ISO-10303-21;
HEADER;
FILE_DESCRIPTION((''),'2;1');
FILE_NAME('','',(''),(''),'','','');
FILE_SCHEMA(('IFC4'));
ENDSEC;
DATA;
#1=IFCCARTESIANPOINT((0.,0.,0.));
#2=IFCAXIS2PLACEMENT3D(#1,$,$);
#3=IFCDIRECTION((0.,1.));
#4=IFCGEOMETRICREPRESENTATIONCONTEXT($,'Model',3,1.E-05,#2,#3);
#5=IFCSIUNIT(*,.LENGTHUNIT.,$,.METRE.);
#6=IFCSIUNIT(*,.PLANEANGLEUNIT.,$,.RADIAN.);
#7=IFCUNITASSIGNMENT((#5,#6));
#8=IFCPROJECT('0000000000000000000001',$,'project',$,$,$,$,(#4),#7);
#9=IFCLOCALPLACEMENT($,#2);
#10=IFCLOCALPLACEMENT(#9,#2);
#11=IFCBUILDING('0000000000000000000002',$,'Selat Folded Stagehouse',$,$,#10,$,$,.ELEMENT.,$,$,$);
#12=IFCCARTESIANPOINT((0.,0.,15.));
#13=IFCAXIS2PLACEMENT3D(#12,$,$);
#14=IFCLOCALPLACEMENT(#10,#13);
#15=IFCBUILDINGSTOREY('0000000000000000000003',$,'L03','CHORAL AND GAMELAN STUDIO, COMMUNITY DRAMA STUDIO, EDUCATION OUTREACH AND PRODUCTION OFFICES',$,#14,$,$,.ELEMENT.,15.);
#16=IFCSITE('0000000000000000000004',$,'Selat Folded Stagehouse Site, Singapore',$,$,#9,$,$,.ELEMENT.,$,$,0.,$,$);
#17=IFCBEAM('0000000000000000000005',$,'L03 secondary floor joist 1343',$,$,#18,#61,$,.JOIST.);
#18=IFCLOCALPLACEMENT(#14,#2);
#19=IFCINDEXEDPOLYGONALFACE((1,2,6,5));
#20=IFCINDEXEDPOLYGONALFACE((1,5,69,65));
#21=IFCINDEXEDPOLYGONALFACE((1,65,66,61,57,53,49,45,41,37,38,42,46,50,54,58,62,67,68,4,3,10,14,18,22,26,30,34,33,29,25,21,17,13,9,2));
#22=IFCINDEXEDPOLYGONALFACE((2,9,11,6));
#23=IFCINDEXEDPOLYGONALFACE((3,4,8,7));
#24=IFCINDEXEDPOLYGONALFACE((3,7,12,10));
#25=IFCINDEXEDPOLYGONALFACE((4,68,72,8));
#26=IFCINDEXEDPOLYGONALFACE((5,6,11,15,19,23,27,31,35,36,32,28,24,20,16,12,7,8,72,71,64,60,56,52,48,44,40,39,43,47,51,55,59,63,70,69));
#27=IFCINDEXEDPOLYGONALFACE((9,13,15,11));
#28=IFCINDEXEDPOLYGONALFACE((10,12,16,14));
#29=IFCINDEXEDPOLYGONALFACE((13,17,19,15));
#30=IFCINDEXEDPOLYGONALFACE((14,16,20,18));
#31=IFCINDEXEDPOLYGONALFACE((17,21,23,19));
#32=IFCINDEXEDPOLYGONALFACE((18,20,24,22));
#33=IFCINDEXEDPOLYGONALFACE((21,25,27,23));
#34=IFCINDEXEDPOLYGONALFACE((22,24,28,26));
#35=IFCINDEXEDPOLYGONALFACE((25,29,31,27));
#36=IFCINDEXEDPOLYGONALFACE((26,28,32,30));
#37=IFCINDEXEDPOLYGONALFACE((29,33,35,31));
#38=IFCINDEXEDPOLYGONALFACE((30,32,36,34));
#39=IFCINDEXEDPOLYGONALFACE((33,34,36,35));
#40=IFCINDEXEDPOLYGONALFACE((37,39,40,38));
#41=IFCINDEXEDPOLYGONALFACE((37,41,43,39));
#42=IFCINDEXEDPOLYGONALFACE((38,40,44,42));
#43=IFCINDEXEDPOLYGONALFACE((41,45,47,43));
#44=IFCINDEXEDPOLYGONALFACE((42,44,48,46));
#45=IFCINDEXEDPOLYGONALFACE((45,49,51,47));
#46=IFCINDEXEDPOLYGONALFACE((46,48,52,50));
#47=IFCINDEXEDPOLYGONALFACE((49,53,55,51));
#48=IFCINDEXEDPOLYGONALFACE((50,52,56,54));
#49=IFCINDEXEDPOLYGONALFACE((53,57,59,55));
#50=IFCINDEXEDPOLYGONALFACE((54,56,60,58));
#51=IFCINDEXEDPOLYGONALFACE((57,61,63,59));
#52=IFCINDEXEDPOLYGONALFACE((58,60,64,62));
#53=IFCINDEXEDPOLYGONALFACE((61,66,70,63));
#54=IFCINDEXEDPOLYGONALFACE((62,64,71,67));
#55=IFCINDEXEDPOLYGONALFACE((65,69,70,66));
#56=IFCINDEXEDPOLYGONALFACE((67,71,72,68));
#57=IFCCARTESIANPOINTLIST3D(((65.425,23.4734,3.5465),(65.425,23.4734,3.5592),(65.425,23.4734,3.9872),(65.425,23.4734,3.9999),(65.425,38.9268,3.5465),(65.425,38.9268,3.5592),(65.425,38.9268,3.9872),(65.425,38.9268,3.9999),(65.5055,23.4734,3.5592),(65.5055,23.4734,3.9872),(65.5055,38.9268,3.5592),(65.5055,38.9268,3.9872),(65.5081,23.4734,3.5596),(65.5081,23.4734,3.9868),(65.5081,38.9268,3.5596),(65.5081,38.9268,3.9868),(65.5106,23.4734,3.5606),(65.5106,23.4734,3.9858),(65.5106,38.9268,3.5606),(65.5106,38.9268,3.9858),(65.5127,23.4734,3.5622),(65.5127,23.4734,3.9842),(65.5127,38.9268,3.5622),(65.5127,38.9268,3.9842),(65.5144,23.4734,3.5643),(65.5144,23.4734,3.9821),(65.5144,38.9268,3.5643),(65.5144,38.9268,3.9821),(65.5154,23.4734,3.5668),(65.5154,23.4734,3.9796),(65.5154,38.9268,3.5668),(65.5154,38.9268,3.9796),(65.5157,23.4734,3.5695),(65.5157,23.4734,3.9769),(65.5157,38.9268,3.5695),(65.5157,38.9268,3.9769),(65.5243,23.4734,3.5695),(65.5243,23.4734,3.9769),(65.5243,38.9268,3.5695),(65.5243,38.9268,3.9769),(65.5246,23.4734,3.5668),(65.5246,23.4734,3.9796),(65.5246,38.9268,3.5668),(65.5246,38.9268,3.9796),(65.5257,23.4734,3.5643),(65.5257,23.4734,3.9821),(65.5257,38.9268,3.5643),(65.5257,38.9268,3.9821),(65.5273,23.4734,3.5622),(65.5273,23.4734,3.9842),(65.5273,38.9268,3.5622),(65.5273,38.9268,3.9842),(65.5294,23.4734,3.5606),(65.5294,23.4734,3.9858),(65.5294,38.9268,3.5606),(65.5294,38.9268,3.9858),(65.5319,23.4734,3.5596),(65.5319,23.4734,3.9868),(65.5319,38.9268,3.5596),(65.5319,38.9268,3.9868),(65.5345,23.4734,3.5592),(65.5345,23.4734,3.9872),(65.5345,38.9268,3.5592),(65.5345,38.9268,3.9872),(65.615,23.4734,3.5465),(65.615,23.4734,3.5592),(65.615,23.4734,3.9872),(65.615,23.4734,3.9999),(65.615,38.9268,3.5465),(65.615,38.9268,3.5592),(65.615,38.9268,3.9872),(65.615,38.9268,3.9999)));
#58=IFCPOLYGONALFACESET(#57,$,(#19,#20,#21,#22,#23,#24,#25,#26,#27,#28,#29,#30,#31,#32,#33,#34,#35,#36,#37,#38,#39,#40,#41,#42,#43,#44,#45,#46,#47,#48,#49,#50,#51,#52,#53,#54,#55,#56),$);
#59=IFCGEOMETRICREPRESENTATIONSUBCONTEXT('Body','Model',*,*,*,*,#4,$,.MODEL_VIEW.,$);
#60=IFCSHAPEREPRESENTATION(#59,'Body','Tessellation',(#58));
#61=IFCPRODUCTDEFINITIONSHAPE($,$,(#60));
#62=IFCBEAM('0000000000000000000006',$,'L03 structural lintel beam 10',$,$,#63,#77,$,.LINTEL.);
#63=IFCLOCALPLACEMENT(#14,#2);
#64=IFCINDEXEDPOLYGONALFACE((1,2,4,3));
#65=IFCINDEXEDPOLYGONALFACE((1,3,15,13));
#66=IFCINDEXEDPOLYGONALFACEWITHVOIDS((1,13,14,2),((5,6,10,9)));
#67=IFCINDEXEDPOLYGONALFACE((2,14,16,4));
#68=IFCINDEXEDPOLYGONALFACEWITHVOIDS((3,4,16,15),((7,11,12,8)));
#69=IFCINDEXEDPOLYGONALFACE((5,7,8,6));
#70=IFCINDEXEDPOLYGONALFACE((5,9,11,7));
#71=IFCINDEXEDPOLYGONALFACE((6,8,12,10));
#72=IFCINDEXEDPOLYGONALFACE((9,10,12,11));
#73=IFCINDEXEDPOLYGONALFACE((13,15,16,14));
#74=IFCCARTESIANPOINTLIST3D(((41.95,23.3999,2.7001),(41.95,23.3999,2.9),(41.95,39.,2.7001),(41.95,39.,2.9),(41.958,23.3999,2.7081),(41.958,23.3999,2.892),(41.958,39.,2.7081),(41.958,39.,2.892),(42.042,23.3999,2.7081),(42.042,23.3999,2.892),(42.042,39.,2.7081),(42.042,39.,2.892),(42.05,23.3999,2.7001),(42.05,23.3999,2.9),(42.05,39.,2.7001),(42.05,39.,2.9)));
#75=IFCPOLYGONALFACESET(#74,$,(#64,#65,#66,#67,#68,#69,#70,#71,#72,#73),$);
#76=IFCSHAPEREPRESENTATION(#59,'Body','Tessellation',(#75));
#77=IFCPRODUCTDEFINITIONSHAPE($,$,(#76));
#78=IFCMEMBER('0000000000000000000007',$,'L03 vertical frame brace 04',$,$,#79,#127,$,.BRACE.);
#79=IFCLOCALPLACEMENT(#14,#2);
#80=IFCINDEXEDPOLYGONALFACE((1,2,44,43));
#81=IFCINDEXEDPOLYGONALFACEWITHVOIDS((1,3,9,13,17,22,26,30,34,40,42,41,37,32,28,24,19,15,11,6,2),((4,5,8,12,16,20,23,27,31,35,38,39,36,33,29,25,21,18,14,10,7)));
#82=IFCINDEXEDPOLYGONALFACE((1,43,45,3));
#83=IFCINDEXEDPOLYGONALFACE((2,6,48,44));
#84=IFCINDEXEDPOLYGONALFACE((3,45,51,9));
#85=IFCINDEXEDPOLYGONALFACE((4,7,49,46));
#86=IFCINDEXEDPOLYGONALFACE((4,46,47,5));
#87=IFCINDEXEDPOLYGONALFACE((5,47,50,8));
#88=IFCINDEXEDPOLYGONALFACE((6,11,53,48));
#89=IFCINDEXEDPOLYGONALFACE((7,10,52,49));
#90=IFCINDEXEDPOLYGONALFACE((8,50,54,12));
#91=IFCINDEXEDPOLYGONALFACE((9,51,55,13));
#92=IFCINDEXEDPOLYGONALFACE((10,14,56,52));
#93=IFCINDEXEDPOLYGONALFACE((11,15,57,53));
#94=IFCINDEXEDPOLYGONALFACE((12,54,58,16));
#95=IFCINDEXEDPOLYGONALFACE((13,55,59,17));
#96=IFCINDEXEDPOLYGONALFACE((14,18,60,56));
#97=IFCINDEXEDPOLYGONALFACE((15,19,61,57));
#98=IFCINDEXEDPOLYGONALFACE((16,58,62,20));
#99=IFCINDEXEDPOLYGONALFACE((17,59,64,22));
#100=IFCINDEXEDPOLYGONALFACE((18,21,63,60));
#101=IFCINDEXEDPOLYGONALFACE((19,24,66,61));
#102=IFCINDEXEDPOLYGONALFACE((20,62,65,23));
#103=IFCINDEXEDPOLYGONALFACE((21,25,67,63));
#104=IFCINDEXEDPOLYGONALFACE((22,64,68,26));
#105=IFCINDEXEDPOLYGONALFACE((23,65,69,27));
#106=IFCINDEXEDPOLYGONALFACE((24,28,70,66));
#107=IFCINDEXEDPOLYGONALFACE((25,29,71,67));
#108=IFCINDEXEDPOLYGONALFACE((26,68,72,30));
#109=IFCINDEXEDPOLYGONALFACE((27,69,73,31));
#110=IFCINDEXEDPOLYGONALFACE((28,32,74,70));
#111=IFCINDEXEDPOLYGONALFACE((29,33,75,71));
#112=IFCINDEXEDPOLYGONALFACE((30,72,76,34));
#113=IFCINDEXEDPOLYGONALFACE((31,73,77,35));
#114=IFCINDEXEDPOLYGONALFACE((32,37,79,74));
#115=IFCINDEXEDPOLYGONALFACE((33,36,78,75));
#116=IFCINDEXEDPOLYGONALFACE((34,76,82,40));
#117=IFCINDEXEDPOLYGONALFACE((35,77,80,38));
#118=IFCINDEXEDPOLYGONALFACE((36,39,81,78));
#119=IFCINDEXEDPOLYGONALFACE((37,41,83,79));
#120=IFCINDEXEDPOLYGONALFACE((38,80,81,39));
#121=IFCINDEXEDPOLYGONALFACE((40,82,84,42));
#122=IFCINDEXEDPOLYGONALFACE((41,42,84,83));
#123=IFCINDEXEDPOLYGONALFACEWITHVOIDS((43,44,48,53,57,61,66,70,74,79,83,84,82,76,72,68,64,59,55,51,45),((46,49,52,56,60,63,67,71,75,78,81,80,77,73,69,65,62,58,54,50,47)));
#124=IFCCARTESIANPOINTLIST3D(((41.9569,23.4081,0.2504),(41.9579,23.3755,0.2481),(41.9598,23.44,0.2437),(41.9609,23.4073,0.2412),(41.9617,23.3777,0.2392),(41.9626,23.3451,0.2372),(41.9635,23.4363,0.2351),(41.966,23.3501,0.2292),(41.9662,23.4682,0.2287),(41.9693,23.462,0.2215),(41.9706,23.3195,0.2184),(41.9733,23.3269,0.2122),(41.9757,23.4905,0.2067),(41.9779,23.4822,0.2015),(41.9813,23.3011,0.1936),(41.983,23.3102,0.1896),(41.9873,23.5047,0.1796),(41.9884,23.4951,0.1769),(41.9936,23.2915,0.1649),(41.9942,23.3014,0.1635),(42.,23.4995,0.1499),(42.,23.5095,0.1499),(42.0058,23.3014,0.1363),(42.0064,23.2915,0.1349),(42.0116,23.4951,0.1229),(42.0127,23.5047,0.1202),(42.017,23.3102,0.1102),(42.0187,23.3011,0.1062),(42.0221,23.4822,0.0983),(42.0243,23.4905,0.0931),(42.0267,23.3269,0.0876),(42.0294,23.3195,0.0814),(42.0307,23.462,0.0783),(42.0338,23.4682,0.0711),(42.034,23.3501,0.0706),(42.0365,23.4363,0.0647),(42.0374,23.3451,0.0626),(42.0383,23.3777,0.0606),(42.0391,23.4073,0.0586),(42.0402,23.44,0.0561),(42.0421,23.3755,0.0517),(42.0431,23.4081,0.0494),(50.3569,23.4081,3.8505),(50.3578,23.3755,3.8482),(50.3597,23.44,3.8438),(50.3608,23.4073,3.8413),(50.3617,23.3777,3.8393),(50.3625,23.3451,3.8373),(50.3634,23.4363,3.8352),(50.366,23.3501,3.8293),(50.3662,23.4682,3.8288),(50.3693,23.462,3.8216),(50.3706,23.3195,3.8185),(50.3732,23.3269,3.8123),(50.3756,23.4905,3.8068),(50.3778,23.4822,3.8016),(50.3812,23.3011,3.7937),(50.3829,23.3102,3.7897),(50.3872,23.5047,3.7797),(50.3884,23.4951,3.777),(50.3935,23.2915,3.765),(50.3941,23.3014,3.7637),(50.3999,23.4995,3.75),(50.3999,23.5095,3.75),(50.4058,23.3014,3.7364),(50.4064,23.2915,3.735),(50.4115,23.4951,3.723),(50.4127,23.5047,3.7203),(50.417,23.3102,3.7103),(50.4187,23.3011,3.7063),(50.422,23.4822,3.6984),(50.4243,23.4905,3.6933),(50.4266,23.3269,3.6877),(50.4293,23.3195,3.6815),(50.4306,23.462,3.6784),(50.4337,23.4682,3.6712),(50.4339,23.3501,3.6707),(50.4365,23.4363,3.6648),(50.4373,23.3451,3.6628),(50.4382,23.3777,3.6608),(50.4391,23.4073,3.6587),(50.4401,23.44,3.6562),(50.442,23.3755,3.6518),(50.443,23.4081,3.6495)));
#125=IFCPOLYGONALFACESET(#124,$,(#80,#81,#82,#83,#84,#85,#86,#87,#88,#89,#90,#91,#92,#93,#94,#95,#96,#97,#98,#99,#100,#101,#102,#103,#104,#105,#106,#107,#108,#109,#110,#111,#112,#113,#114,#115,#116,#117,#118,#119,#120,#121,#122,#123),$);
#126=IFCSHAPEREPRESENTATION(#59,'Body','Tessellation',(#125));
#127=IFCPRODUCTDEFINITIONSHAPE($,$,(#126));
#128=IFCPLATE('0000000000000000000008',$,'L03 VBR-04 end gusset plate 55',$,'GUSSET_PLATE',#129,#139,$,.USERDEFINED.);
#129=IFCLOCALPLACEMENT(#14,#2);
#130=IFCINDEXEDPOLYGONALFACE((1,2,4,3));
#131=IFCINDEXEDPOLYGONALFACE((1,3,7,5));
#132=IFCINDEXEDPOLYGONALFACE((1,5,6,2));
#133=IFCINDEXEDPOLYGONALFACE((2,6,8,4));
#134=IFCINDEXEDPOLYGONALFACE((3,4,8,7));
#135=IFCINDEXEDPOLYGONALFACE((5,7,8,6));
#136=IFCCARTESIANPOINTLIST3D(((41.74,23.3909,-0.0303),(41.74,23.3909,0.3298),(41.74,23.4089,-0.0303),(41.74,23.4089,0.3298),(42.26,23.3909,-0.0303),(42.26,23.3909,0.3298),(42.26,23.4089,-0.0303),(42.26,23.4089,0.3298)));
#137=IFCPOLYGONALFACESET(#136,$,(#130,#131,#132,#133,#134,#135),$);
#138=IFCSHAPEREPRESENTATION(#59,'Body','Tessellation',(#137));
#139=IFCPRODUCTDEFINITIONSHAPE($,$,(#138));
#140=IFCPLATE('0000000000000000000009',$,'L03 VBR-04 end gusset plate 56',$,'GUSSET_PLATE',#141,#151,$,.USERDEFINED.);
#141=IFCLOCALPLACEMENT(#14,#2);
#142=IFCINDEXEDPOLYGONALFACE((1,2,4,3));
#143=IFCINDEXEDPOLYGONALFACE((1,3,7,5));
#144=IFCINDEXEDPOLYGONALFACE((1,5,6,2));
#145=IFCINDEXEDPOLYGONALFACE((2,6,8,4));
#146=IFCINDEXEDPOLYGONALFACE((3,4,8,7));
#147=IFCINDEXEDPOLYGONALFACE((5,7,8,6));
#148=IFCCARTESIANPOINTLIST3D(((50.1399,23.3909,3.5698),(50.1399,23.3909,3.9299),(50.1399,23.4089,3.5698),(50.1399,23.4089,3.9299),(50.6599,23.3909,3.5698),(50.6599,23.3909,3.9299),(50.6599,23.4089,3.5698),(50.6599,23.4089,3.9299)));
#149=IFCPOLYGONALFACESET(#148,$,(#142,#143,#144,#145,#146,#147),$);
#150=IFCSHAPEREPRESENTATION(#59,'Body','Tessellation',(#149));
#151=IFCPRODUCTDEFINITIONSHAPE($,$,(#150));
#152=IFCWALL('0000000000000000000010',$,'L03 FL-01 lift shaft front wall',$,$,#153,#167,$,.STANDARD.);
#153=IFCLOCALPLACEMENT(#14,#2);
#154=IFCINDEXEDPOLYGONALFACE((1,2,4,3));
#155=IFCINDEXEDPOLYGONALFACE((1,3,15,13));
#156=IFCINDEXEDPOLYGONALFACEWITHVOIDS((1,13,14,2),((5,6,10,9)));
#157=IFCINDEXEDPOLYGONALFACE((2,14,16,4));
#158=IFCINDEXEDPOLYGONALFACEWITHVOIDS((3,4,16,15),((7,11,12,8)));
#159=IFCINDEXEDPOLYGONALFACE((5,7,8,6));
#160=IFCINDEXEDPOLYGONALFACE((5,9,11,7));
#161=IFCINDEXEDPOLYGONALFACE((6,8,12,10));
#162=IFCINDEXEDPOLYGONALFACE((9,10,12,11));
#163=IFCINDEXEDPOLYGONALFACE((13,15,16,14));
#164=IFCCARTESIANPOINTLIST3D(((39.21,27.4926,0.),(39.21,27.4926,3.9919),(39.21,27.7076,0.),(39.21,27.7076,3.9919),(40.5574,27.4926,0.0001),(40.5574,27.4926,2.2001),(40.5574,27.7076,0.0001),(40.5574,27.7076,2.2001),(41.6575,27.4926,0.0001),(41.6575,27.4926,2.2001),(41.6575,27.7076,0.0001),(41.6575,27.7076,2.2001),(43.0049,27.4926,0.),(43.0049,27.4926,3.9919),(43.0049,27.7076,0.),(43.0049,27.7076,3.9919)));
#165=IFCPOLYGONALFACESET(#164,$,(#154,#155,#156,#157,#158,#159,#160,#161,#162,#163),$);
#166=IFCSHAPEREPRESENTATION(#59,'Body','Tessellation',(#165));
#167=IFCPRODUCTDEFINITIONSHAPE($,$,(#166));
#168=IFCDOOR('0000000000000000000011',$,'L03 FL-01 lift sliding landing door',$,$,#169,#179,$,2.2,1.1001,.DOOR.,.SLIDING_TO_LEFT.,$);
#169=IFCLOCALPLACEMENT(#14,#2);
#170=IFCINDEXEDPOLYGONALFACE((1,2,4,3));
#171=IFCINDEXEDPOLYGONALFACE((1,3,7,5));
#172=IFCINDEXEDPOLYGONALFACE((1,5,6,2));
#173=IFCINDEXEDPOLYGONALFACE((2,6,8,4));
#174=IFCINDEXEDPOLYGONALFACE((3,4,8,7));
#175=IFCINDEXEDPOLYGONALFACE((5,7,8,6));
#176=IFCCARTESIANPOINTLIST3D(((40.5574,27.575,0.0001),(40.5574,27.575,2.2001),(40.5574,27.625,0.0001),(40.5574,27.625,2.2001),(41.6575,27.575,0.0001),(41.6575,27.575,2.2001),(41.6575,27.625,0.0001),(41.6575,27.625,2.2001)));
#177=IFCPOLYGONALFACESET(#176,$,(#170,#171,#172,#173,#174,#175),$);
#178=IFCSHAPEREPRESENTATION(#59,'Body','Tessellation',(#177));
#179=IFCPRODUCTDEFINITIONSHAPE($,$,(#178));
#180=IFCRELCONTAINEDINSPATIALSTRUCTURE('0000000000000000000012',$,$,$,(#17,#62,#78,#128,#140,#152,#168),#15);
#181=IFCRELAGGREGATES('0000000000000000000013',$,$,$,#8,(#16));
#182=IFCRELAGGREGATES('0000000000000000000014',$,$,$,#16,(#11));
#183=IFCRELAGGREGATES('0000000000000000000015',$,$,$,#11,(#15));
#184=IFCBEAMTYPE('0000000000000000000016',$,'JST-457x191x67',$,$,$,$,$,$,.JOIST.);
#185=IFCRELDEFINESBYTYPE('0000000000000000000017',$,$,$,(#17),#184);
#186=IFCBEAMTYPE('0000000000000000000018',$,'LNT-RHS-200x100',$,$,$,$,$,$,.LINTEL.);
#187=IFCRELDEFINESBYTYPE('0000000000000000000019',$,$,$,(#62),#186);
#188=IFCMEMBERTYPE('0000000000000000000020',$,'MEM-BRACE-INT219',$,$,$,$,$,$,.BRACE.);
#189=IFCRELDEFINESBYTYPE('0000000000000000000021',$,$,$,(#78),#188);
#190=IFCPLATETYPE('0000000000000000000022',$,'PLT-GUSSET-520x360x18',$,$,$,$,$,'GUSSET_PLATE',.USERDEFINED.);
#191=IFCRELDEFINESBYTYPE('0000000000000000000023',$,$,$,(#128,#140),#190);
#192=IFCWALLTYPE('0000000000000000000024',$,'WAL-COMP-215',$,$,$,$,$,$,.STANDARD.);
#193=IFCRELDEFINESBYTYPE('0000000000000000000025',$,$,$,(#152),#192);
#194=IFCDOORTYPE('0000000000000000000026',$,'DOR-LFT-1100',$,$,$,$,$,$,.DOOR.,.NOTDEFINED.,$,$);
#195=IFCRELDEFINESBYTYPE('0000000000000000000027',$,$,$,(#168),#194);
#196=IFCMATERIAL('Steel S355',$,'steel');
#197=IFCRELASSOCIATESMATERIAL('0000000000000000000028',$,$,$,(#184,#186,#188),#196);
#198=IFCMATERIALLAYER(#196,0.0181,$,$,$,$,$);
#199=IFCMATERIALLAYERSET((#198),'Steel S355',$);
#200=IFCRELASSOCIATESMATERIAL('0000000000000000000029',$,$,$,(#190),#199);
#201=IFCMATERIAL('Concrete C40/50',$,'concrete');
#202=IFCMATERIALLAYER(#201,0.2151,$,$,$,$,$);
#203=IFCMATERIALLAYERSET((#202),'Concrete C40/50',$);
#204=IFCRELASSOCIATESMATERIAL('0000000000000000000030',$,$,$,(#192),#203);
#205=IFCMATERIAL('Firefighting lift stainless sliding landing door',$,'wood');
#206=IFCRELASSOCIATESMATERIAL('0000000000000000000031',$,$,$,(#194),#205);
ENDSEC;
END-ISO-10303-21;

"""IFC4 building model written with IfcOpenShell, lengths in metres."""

from ifc_helpers import new_model, si_unit, direction, frame, frame_2d, origin, origin_2d, place, context, subcontext, project, spatial, rectangle, hollow_rectangle, hollow_circle, i_section, extrude, material, layer, layer_set, material_profile, profile_set, type_object, element, fill, save


model = new_model("IFC4")

# Units and contexts
model_context = context("Model", 3, precision=1e-05, world=origin(), true_north=direction((0.0, 1.0)))
body_context = subcontext(model_context, "Body", "Model", "MODEL_VIEW")
ifc_project = project(units=[si_unit("LENGTHUNIT", "METRE"), si_unit("PLANEANGLEUNIT", "RADIAN")], contexts=[model_context])

# Site, building, storey
site_placement = place(None, origin())
site = spatial("IfcSite", under=ifc_project, at=site_placement, Name="Selat Folded Stagehouse Site, Singapore", CompositionType="ELEMENT", RefElevation=0.0)
building_placement = place(site_placement, origin())
building = spatial("IfcBuilding", under=site, at=building_placement, Name="Selat Folded Stagehouse", CompositionType="ELEMENT")
storey_placement = place(building_placement, frame((0.0, 0.0, 15.0)))
storey = spatial("IfcBuildingStorey", under=building, at=storey_placement, Name="L03", Description="CHORAL AND GAMELAN STUDIO, COMMUNITY DRAMA STUDIO, EDUCATION OUTREACH AND PRODUCTION OFFICES", CompositionType="ELEMENT", Elevation=15.0)

# Shared definitions
ifc_material_1 = material(Name="Steel S355", Category="steel")

# Beams
ifc_material_profile_1 = material_profile(ifc_material_1, i_section(OverallWidth=0.1899, OverallDepth=0.4534, WebThickness=0.0085, FlangeThickness=0.0127, FilletRadius=0.0103, at=origin_2d()), Name="UKB 457x191x67")
ifc_profile_set_1 = profile_set([ifc_material_profile_1], Name="Steel S355")
beam_type_1 = type_object("IfcBeamType", Name="JST-457x191x67", PredefinedType="JOIST", material=ifc_profile_set_1)
for number, where, z_axis, x_axis, name in (
    (1, (65.52, 23.4734, 3.7732), (0.0, 1.0, 0.0), (-1.0, 0.0, 0.0), "L03 secondary floor joist 1343"),
):
    element("IfcBeam", number, at=place(storey_placement, frame(where, z_axis=z_axis, x_axis=x_axis)), inside=storey, type_object=beam_type_1, Name=name, PredefinedType="JOIST", context=body_context, shape_type="SweptSolid", body=[
        extrude(i_section(OverallWidth=0.1899, OverallDepth=0.4534, WebThickness=0.0085, FlangeThickness=0.0127, FilletRadius=0.0103, at=origin_2d()), origin(), (0.0, 0.0, 1.0), 15.4534),
    ])
ifc_material_profile_2 = material_profile(ifc_material_1, hollow_rectangle(XDim=0.1001, YDim=0.2, WallThickness=0.0081, at=origin_2d()), Name="RHS 200x100x8.0")
ifc_profile_set_2 = profile_set([ifc_material_profile_2], Name="Steel S355")
beam_type_2 = type_object("IfcBeamType", Name="LNT-RHS-200x100", PredefinedType="LINTEL", material=ifc_profile_set_2)
beam_1_placement = place(storey_placement, frame((42.0, 23.3999, 2.8), z_axis=(0.0, 1.0, 0.0), x_axis=(-1.0, 0.0, 0.0)))
element("IfcBeam", 2, at=beam_1_placement, inside=storey, type_object=beam_type_2, Name="L03 structural lintel beam 10", PredefinedType="LINTEL", context=body_context, shape_type="SweptSolid", body=[
    extrude(hollow_rectangle(XDim=0.1001, YDim=0.2, WallThickness=0.0081, at=origin_2d()), origin(), (0.0, 0.0, 1.0), 15.6001),
])

# Member
ifc_material_profile_3 = material_profile(ifc_material_1, hollow_circle(Radius=0.1096, WallThickness=0.01, at=origin_2d()), Name="CHS 219.1x10.0")
ifc_profile_set_3 = profile_set([ifc_material_profile_3], Name="Steel S355")
member_type = type_object("IfcMemberType", Name="MEM-BRACE-INT219", PredefinedType="BRACE", material=ifc_profile_set_3)
member_placement = place(storey_placement, frame((42.0, 23.3999, 0.1499), z_axis=(0.91914, 0.0, 0.393932), x_axis=(0.0, 1.0, 0.0)))
element("IfcMember", 3, at=member_placement, inside=storey, type_object=member_type, Name="L03 vertical frame brace 04", PredefinedType="BRACE", context=body_context, shape_type="SweptSolid", body=[
    extrude(hollow_circle(Radius=0.1096, WallThickness=0.01, at=origin_2d()), origin(), (0.0, 0.0, 1.0), 9.1389),
])

# Plates
ifc_layer_1 = layer(ifc_material_1, 0.0181)
ifc_layer_set_1 = layer_set([ifc_layer_1], Name="Steel S355")
plate_type = type_object("IfcPlateType", Name="PLT-GUSSET-520x360x18", ElementType="GUSSET_PLATE", PredefinedType="USERDEFINED", material=ifc_layer_set_1)
for number, where, z_axis, x_axis, name in (
    (4, (42.0, 23.3999, -0.0303), (0.0, 0.0, 1.0), (1.0, 0.0, 0.0), "L03 VBR-04 end gusset plate 55"),
    (5, (50.3999, 23.3999, 3.5698), (0.0, 0.0, 1.0), (1.0, 0.0, 0.0), "L03 VBR-04 end gusset plate 56"),
):
    element("IfcPlate", number, at=place(storey_placement, frame(where, z_axis=z_axis, x_axis=x_axis)), inside=storey, type_object=plate_type, Name=name, ObjectType="GUSSET_PLATE", PredefinedType="USERDEFINED", context=body_context, shape_type="SweptSolid", body=[
        extrude(rectangle(XDim=0.52, YDim=0.0181, at=origin_2d()), origin(), (0.0, 0.0, 1.0), 0.3601),
    ])

# Wall, opening, door
ifc_material_2 = material(Name="Concrete C40/50", Category="concrete")
ifc_layer_2 = layer(ifc_material_2, 0.2151)
ifc_layer_set_2 = layer_set([ifc_layer_2], Name="Concrete C40/50")
wall_type_1 = type_object("IfcWallType", Name="WAL-COMP-215", PredefinedType="STANDARD", material=ifc_layer_set_2)
wall_1_placement = place(storey_placement, frame((39.21, 27.6001, 0.0), z_axis=(0.0, 0.0, 1.0), x_axis=(1.0, 0.0, 0.0)))
wall_1 = element("IfcWall", 6, at=wall_1_placement, inside=storey, type_object=wall_type_1, Name="L03 FL-01 lift shaft front wall", PredefinedType="STANDARD", context=body_context, shape_type="SweptSolid", body=[
    extrude(rectangle(XDim=3.7949, YDim=0.2151, at=frame_2d((1.8975, 0.0))), origin(), (0.0, 0.0, 1.0), 3.9919),
])
opening_placement = place(wall_1_placement, frame((1.3474, 0.0, 0.0)))
opening = element("IfcOpeningElement", 7, at=opening_placement, cuts=wall_1, PredefinedType="OPENING", context=body_context, shape_type="SweptSolid", body=[
    extrude(rectangle(XDim=1.1001, YDim=2.2, at=frame_2d((0.55, 1.1001))), frame((0.0, 0.1174, 0.0), z_axis=(0.0, -1.0, 0.0), x_axis=(1.0, 0.0, 0.0)), (0.0, 0.0, 1.0), 0.2351),
])
ifc_material_3 = material(Name="Firefighting lift stainless sliding landing door", Category="wood")
door_type = type_object("IfcDoorType", Name="DOR-LFT-1100", OperationType="NOTDEFINED", PredefinedType="DOOR", material=ifc_material_3)
door_placement = place(opening_placement, origin())
door = element("IfcDoor", 8, at=door_placement, inside=storey, type_object=door_type, Name="L03 FL-01 lift sliding landing door", OperationType="SLIDING_TO_LEFT", OverallHeight=2.2, OverallWidth=1.1001, PredefinedType="DOOR", context=body_context, shape_type="SweptSolid", body=[
    extrude(rectangle(XDim=1.1001, YDim=2.2, at=frame_2d((0.55, 1.1001))), frame((0.0, 0.0249, 0.0), z_axis=(0.0, -1.0, 0.0), x_axis=(1.0, 0.0, 0.0)), (0.0, 0.0, 1.0), 0.05),
])
fill(opening, door)

save(model, "model.ifc")
